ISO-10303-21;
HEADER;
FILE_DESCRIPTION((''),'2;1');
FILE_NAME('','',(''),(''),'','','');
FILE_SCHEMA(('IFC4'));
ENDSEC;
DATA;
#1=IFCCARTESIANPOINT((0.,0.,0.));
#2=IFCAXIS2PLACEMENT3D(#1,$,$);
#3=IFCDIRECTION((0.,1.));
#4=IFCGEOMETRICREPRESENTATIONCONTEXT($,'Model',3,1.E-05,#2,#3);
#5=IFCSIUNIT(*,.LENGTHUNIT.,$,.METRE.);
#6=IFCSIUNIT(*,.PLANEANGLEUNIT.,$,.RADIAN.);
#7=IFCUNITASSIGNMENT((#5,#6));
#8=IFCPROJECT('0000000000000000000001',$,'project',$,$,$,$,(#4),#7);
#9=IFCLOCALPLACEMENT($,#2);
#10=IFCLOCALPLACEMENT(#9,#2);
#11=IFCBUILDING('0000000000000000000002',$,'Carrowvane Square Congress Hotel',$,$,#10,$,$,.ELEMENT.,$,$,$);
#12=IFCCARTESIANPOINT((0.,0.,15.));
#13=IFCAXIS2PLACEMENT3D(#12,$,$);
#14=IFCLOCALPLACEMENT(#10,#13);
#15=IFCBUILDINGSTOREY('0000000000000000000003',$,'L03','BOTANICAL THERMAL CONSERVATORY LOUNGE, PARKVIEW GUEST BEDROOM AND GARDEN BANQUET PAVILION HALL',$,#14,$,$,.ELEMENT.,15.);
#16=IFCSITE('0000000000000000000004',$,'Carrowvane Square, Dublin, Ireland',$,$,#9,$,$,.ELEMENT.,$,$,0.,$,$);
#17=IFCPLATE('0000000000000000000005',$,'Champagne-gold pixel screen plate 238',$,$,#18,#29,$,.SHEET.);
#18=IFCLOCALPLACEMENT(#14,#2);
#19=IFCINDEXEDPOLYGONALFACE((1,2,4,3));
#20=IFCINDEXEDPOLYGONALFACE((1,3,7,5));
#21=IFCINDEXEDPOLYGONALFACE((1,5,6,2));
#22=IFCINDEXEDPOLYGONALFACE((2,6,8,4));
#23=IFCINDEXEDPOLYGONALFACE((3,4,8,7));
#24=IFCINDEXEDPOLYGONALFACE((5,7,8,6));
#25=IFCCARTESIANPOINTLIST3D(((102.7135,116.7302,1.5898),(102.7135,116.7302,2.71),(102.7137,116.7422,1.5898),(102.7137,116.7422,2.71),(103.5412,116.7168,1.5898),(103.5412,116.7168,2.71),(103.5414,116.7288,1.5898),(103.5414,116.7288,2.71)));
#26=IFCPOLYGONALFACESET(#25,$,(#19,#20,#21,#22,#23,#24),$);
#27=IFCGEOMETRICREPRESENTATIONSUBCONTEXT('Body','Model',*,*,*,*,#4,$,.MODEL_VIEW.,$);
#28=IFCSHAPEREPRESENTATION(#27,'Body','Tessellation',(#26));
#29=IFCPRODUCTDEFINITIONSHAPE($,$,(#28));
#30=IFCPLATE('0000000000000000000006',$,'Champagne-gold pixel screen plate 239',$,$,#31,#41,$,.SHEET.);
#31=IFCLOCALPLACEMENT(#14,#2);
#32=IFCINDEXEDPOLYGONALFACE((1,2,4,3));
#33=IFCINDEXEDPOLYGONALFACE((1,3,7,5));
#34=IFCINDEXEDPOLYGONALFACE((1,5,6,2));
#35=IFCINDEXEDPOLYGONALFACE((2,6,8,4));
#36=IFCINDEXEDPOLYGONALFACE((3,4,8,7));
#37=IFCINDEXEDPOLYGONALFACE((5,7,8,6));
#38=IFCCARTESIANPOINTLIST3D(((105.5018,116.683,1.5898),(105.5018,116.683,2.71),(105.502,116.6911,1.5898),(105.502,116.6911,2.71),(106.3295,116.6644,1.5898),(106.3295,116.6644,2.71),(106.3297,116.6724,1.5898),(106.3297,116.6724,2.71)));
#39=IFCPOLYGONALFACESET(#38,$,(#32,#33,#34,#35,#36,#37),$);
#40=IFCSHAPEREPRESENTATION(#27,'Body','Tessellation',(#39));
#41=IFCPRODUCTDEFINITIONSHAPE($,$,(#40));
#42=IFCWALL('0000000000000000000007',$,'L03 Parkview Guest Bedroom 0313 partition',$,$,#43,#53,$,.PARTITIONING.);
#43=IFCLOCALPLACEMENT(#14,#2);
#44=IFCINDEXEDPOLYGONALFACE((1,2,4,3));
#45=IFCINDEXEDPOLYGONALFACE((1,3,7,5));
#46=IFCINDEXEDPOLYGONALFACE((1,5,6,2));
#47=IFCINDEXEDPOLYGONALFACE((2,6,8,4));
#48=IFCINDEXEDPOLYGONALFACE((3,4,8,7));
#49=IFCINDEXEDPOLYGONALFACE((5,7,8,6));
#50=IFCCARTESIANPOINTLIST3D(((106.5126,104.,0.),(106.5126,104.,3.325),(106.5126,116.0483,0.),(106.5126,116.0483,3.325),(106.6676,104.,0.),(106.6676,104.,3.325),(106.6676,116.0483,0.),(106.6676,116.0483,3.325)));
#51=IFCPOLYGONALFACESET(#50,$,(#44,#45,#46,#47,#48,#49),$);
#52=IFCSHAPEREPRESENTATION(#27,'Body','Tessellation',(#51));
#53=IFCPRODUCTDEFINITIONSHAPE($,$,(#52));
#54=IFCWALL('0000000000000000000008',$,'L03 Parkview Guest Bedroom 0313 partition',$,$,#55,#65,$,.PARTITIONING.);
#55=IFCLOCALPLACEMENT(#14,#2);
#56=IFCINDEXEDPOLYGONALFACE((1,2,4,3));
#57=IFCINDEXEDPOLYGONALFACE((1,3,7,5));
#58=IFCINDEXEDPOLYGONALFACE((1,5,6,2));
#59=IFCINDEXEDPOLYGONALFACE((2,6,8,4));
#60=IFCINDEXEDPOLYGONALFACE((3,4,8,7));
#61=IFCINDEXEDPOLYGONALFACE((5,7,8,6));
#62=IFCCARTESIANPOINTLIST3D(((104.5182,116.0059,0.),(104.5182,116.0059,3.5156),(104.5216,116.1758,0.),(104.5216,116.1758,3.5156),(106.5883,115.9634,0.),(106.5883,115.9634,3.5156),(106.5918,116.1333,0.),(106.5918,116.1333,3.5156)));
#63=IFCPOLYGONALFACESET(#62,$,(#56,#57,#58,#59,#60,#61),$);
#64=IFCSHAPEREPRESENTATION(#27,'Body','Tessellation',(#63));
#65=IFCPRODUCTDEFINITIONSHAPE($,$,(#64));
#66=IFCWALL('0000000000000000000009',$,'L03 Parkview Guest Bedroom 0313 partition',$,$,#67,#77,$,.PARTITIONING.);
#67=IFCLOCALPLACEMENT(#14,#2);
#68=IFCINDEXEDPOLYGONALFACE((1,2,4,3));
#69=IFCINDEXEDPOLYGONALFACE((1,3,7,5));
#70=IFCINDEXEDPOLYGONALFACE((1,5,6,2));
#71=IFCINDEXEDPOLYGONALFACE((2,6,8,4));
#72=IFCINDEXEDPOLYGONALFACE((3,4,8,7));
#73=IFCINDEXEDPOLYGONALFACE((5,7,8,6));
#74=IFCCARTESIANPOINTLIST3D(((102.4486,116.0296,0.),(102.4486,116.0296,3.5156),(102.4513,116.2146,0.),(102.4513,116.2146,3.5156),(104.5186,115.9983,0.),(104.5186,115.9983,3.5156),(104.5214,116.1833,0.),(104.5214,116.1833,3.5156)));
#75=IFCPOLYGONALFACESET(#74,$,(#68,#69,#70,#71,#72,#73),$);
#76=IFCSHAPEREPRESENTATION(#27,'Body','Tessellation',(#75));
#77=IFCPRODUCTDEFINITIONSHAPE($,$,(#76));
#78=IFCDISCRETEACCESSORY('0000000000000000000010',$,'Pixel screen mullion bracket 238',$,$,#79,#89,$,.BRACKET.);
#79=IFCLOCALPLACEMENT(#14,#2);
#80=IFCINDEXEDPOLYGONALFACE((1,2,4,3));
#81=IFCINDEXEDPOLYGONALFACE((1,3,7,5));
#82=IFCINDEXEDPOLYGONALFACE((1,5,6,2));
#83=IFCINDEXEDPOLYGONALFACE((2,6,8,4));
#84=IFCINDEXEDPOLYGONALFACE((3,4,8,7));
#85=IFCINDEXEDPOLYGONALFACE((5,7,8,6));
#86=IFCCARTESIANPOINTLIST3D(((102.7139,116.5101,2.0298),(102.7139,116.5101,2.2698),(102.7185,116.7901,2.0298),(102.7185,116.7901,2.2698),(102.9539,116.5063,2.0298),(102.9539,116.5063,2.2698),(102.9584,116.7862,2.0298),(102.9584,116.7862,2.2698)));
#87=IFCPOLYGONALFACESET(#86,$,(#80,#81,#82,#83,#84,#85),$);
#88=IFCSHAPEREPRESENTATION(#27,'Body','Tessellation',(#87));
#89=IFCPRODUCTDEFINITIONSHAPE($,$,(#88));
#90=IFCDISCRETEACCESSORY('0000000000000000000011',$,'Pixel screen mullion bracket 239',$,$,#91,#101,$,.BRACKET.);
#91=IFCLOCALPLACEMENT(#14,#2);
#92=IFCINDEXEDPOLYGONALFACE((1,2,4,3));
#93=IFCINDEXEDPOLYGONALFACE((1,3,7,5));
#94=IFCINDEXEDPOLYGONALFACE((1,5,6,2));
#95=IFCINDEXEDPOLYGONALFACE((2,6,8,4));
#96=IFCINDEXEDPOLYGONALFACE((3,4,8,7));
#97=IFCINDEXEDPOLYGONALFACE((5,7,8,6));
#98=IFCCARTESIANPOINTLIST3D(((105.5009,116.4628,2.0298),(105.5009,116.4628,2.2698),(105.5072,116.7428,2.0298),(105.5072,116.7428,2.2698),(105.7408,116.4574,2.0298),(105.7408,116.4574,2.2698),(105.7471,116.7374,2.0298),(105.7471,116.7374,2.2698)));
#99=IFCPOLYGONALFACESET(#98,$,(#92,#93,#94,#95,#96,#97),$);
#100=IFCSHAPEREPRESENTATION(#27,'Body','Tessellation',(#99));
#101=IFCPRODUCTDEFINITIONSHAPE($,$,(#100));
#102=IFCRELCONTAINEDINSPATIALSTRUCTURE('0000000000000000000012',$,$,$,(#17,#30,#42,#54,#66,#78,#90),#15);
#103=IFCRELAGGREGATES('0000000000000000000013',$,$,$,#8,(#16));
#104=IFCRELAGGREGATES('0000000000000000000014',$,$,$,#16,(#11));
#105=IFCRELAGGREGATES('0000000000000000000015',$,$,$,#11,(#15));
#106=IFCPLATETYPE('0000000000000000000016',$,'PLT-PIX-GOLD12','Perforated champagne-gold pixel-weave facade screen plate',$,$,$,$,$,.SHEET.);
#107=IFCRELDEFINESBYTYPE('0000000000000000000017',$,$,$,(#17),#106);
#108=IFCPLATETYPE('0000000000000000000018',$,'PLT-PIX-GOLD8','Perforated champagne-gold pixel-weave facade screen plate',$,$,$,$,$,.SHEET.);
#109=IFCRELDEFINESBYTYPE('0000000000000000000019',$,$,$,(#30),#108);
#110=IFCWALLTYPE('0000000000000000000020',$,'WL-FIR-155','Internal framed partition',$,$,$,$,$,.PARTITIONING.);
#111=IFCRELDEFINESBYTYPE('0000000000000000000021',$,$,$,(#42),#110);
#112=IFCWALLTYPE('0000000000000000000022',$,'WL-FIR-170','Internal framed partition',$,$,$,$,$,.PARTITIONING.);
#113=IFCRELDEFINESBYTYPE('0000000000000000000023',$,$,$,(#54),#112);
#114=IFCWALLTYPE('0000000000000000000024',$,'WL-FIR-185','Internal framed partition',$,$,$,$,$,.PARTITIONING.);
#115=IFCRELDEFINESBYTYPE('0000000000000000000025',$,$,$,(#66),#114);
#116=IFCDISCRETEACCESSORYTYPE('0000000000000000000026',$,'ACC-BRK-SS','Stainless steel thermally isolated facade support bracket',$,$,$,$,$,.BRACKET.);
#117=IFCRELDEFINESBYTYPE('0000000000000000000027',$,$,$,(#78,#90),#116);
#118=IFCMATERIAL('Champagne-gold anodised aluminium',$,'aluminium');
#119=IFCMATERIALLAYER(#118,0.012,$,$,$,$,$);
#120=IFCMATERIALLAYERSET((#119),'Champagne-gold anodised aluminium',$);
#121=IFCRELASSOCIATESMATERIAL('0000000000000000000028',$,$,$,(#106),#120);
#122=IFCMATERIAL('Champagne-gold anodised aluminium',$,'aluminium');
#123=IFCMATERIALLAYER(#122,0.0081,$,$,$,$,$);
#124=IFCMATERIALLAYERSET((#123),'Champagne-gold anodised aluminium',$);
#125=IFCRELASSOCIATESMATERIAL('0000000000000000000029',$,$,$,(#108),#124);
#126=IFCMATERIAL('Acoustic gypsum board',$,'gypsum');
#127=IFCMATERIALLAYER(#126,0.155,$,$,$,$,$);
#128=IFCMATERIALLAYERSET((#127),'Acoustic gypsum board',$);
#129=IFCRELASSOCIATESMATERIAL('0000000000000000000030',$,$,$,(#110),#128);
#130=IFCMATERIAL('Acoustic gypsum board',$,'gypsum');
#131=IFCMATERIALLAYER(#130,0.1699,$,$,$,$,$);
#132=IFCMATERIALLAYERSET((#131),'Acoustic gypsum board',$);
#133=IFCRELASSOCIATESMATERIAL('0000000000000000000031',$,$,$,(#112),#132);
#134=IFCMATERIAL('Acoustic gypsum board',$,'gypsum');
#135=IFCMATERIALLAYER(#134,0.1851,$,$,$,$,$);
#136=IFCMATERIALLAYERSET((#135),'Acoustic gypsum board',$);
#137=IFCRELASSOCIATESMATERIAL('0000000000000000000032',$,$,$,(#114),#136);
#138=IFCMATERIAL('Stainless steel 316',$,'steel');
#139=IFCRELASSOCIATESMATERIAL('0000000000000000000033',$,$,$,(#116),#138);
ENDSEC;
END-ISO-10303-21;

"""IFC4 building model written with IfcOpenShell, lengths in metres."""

from ifc_helpers import new_model, si_unit, direction, frame, frame_2d, origin, origin_2d, place, context, subcontext, project, spatial, rectangle, extrude, material, layer, layer_set, type_object, element, save


model = new_model("IFC4")

# Units and contexts
model_context = context("Model", 3, precision=1e-05, world=origin(), true_north=direction((0.0, 1.0)))
body_context = subcontext(model_context, "Body", "Model", "MODEL_VIEW")
ifc_project = project(units=[si_unit("LENGTHUNIT", "METRE"), si_unit("PLANEANGLEUNIT", "RADIAN")], contexts=[model_context])

# Site, building, storey
site_placement = place(None, origin())
site = spatial("IfcSite", under=ifc_project, at=site_placement, Name="Carrowvane Square, Dublin, Ireland", CompositionType="ELEMENT", RefElevation=0.0)
building_placement = place(site_placement, origin())
building = spatial("IfcBuilding", under=site, at=building_placement, Name="Carrowvane Square Congress Hotel", CompositionType="ELEMENT")
storey_placement = place(building_placement, frame((0.0, 0.0, 15.0)))
storey = spatial("IfcBuildingStorey", under=building, at=storey_placement, Name="L03", Description="BOTANICAL THERMAL CONSERVATORY LOUNGE, PARKVIEW GUEST BEDROOM AND GARDEN BANQUET PAVILION HALL", CompositionType="ELEMENT", Elevation=15.0)

# Plates
ifc_material_1 = material(Name="Champagne-gold anodised aluminium", Category="aluminium")
ifc_layer_1 = layer(ifc_material_1, 0.012)
ifc_layer_set_1 = layer_set([ifc_layer_1], Name="Champagne-gold anodised aluminium")
plate_type_1 = type_object("IfcPlateType", Name="PLT-PIX-GOLD12", Description="Perforated champagne-gold pixel-weave facade screen plate", PredefinedType="SHEET", material=ifc_layer_set_1)
plate_1_placement = place(storey_placement, frame((103.1274, 116.7295, 1.5898), z_axis=(0.0, 0.0, 1.0), x_axis=(0.999869, -0.016216, 0.0)))
element("IfcPlate", 1, at=plate_1_placement, inside=storey, type_object=plate_type_1, Name="Champagne-gold pixel screen plate 238", PredefinedType="SHEET", context=body_context, shape_type="SweptSolid", body=[
    extrude(rectangle(XDim=0.8279, YDim=0.012, at=origin_2d()), origin(), (0.0, 0.0, 1.0), 1.1201),
])
ifc_material_2 = material(Name="Champagne-gold anodised aluminium", Category="aluminium")
ifc_layer_2 = layer(ifc_material_2, 0.0081)
ifc_layer_set_2 = layer_set([ifc_layer_2], Name="Champagne-gold anodised aluminium")
plate_type_2 = type_object("IfcPlateType", Name="PLT-PIX-GOLD8", Description="Perforated champagne-gold pixel-weave facade screen plate", PredefinedType="SHEET", material=ifc_layer_set_2)
plate_2_placement = place(storey_placement, frame((105.9158, 116.6777, 1.5898), z_axis=(0.0, 0.0, 1.0), x_axis=(0.999746, -0.022519, 0.0)))
element("IfcPlate", 2, at=plate_2_placement, inside=storey, type_object=plate_type_2, Name="Champagne-gold pixel screen plate 239", PredefinedType="SHEET", context=body_context, shape_type="SweptSolid", body=[
    extrude(rectangle(XDim=0.8279, YDim=0.0081, at=origin_2d()), origin(), (0.0, 0.0, 1.0), 1.1201),
])

# Walls
ifc_material_3 = material(Name="Acoustic gypsum board", Category="gypsum")
ifc_layer_3 = layer(ifc_material_3, 0.155)
ifc_layer_set_3 = layer_set([ifc_layer_3], Name="Acoustic gypsum board")
wall_type_1 = type_object("IfcWallType", Name="WL-FIR-155", Description="Internal framed partition", PredefinedType="PARTITIONING", material=ifc_layer_set_3)
wall_1_placement = place(storey_placement, frame((106.5901, 116.0483, 0.0), z_axis=(0.0, 0.0, 1.0), x_axis=(0.0, -1.0, 0.0)))
element("IfcWall", 3, at=wall_1_placement, inside=storey, type_object=wall_type_1, Name="L03 Parkview Guest Bedroom 0313 partition", PredefinedType="PARTITIONING", context=body_context, shape_type="SweptSolid", body=[
    extrude(rectangle(XDim=12.0483, YDim=0.155, at=frame_2d((6.0242, 0.0))), origin(), (0.0, 0.0, 1.0), 3.325),
])
ifc_material_4 = material(Name="Acoustic gypsum board", Category="gypsum")
ifc_layer_4 = layer(ifc_material_4, 0.1699)
ifc_layer_set_4 = layer_set([ifc_layer_4], Name="Acoustic gypsum board")
wall_type_2 = type_object("IfcWallType", Name="WL-FIR-170", Description="Internal framed partition", PredefinedType="PARTITIONING", material=ifc_layer_set_4)
wall_2_placement = place(storey_placement, frame((104.52, 116.0908, 0.0), z_axis=(0.0, 0.0, 1.0), x_axis=(0.99979, -0.020517, 0.0)))
element("IfcWall", 4, at=wall_2_placement, inside=storey, type_object=wall_type_2, Name="L03 Parkview Guest Bedroom 0313 partition", PredefinedType="PARTITIONING", context=body_context, shape_type="SweptSolid", body=[
    extrude(rectangle(XDim=2.0706, YDim=0.1699, at=frame_2d((1.0352, 0.0))), origin(), (0.0, 0.0, 1.0), 3.5156),
])
ifc_material_5 = material(Name="Acoustic gypsum board", Category="gypsum")
ifc_layer_5 = layer(ifc_material_5, 0.1851)
ifc_layer_set_5 = layer_set([ifc_layer_5], Name="Acoustic gypsum board")
wall_type_3 = type_object("IfcWallType", Name="WL-FIR-185", Description="Internal framed partition", PredefinedType="PARTITIONING", material=ifc_layer_set_5)
wall_3_placement = place(storey_placement, frame((102.45, 116.1221, 0.0), z_axis=(0.0, 0.0, 1.0), x_axis=(0.999886, -0.015094, 0.0)))
element("IfcWall", 5, at=wall_3_placement, inside=storey, type_object=wall_type_3, Name="L03 Parkview Guest Bedroom 0313 partition", PredefinedType="PARTITIONING", context=body_context, shape_type="SweptSolid", body=[
    extrude(rectangle(XDim=2.0703, YDim=0.1851, at=frame_2d((1.0352, 0.0))), origin(), (0.0, 0.0, 1.0), 3.5156),
])

# Discrete accessories
ifc_material_6 = material(Name="Stainless steel 316", Category="steel")
discrete_accessory_type = type_object("IfcDiscreteAccessoryType", Name="ACC-BRK-SS", Description="Stainless steel thermally isolated facade support bracket", PredefinedType="BRACKET", material=ifc_material_6)
for number, where, z_axis, x_axis, name in (
    (6, (102.8362, 116.6482, 2.0298), (0.0, 0.0, 1.0), (0.999869, -0.016216, 0.0), "Pixel screen mullion bracket 238"),
    (7, (105.624, 116.6001, 2.0298), (0.0, 0.0, 1.0), (0.999746, -0.022519, 0.0), "Pixel screen mullion bracket 239"),
):
    element("IfcDiscreteAccessory", number, at=place(storey_placement, frame(where, z_axis=z_axis, x_axis=x_axis)), inside=storey, type_object=discrete_accessory_type, Name=name, PredefinedType="BRACKET", context=body_context, shape_type="SweptSolid", body=[
        extrude(rectangle(XDim=0.24, YDim=0.28, at=origin_2d()), origin(), (0.0, 0.0, 1.0), 0.24),
    ])

save(model, "model.ifc")
